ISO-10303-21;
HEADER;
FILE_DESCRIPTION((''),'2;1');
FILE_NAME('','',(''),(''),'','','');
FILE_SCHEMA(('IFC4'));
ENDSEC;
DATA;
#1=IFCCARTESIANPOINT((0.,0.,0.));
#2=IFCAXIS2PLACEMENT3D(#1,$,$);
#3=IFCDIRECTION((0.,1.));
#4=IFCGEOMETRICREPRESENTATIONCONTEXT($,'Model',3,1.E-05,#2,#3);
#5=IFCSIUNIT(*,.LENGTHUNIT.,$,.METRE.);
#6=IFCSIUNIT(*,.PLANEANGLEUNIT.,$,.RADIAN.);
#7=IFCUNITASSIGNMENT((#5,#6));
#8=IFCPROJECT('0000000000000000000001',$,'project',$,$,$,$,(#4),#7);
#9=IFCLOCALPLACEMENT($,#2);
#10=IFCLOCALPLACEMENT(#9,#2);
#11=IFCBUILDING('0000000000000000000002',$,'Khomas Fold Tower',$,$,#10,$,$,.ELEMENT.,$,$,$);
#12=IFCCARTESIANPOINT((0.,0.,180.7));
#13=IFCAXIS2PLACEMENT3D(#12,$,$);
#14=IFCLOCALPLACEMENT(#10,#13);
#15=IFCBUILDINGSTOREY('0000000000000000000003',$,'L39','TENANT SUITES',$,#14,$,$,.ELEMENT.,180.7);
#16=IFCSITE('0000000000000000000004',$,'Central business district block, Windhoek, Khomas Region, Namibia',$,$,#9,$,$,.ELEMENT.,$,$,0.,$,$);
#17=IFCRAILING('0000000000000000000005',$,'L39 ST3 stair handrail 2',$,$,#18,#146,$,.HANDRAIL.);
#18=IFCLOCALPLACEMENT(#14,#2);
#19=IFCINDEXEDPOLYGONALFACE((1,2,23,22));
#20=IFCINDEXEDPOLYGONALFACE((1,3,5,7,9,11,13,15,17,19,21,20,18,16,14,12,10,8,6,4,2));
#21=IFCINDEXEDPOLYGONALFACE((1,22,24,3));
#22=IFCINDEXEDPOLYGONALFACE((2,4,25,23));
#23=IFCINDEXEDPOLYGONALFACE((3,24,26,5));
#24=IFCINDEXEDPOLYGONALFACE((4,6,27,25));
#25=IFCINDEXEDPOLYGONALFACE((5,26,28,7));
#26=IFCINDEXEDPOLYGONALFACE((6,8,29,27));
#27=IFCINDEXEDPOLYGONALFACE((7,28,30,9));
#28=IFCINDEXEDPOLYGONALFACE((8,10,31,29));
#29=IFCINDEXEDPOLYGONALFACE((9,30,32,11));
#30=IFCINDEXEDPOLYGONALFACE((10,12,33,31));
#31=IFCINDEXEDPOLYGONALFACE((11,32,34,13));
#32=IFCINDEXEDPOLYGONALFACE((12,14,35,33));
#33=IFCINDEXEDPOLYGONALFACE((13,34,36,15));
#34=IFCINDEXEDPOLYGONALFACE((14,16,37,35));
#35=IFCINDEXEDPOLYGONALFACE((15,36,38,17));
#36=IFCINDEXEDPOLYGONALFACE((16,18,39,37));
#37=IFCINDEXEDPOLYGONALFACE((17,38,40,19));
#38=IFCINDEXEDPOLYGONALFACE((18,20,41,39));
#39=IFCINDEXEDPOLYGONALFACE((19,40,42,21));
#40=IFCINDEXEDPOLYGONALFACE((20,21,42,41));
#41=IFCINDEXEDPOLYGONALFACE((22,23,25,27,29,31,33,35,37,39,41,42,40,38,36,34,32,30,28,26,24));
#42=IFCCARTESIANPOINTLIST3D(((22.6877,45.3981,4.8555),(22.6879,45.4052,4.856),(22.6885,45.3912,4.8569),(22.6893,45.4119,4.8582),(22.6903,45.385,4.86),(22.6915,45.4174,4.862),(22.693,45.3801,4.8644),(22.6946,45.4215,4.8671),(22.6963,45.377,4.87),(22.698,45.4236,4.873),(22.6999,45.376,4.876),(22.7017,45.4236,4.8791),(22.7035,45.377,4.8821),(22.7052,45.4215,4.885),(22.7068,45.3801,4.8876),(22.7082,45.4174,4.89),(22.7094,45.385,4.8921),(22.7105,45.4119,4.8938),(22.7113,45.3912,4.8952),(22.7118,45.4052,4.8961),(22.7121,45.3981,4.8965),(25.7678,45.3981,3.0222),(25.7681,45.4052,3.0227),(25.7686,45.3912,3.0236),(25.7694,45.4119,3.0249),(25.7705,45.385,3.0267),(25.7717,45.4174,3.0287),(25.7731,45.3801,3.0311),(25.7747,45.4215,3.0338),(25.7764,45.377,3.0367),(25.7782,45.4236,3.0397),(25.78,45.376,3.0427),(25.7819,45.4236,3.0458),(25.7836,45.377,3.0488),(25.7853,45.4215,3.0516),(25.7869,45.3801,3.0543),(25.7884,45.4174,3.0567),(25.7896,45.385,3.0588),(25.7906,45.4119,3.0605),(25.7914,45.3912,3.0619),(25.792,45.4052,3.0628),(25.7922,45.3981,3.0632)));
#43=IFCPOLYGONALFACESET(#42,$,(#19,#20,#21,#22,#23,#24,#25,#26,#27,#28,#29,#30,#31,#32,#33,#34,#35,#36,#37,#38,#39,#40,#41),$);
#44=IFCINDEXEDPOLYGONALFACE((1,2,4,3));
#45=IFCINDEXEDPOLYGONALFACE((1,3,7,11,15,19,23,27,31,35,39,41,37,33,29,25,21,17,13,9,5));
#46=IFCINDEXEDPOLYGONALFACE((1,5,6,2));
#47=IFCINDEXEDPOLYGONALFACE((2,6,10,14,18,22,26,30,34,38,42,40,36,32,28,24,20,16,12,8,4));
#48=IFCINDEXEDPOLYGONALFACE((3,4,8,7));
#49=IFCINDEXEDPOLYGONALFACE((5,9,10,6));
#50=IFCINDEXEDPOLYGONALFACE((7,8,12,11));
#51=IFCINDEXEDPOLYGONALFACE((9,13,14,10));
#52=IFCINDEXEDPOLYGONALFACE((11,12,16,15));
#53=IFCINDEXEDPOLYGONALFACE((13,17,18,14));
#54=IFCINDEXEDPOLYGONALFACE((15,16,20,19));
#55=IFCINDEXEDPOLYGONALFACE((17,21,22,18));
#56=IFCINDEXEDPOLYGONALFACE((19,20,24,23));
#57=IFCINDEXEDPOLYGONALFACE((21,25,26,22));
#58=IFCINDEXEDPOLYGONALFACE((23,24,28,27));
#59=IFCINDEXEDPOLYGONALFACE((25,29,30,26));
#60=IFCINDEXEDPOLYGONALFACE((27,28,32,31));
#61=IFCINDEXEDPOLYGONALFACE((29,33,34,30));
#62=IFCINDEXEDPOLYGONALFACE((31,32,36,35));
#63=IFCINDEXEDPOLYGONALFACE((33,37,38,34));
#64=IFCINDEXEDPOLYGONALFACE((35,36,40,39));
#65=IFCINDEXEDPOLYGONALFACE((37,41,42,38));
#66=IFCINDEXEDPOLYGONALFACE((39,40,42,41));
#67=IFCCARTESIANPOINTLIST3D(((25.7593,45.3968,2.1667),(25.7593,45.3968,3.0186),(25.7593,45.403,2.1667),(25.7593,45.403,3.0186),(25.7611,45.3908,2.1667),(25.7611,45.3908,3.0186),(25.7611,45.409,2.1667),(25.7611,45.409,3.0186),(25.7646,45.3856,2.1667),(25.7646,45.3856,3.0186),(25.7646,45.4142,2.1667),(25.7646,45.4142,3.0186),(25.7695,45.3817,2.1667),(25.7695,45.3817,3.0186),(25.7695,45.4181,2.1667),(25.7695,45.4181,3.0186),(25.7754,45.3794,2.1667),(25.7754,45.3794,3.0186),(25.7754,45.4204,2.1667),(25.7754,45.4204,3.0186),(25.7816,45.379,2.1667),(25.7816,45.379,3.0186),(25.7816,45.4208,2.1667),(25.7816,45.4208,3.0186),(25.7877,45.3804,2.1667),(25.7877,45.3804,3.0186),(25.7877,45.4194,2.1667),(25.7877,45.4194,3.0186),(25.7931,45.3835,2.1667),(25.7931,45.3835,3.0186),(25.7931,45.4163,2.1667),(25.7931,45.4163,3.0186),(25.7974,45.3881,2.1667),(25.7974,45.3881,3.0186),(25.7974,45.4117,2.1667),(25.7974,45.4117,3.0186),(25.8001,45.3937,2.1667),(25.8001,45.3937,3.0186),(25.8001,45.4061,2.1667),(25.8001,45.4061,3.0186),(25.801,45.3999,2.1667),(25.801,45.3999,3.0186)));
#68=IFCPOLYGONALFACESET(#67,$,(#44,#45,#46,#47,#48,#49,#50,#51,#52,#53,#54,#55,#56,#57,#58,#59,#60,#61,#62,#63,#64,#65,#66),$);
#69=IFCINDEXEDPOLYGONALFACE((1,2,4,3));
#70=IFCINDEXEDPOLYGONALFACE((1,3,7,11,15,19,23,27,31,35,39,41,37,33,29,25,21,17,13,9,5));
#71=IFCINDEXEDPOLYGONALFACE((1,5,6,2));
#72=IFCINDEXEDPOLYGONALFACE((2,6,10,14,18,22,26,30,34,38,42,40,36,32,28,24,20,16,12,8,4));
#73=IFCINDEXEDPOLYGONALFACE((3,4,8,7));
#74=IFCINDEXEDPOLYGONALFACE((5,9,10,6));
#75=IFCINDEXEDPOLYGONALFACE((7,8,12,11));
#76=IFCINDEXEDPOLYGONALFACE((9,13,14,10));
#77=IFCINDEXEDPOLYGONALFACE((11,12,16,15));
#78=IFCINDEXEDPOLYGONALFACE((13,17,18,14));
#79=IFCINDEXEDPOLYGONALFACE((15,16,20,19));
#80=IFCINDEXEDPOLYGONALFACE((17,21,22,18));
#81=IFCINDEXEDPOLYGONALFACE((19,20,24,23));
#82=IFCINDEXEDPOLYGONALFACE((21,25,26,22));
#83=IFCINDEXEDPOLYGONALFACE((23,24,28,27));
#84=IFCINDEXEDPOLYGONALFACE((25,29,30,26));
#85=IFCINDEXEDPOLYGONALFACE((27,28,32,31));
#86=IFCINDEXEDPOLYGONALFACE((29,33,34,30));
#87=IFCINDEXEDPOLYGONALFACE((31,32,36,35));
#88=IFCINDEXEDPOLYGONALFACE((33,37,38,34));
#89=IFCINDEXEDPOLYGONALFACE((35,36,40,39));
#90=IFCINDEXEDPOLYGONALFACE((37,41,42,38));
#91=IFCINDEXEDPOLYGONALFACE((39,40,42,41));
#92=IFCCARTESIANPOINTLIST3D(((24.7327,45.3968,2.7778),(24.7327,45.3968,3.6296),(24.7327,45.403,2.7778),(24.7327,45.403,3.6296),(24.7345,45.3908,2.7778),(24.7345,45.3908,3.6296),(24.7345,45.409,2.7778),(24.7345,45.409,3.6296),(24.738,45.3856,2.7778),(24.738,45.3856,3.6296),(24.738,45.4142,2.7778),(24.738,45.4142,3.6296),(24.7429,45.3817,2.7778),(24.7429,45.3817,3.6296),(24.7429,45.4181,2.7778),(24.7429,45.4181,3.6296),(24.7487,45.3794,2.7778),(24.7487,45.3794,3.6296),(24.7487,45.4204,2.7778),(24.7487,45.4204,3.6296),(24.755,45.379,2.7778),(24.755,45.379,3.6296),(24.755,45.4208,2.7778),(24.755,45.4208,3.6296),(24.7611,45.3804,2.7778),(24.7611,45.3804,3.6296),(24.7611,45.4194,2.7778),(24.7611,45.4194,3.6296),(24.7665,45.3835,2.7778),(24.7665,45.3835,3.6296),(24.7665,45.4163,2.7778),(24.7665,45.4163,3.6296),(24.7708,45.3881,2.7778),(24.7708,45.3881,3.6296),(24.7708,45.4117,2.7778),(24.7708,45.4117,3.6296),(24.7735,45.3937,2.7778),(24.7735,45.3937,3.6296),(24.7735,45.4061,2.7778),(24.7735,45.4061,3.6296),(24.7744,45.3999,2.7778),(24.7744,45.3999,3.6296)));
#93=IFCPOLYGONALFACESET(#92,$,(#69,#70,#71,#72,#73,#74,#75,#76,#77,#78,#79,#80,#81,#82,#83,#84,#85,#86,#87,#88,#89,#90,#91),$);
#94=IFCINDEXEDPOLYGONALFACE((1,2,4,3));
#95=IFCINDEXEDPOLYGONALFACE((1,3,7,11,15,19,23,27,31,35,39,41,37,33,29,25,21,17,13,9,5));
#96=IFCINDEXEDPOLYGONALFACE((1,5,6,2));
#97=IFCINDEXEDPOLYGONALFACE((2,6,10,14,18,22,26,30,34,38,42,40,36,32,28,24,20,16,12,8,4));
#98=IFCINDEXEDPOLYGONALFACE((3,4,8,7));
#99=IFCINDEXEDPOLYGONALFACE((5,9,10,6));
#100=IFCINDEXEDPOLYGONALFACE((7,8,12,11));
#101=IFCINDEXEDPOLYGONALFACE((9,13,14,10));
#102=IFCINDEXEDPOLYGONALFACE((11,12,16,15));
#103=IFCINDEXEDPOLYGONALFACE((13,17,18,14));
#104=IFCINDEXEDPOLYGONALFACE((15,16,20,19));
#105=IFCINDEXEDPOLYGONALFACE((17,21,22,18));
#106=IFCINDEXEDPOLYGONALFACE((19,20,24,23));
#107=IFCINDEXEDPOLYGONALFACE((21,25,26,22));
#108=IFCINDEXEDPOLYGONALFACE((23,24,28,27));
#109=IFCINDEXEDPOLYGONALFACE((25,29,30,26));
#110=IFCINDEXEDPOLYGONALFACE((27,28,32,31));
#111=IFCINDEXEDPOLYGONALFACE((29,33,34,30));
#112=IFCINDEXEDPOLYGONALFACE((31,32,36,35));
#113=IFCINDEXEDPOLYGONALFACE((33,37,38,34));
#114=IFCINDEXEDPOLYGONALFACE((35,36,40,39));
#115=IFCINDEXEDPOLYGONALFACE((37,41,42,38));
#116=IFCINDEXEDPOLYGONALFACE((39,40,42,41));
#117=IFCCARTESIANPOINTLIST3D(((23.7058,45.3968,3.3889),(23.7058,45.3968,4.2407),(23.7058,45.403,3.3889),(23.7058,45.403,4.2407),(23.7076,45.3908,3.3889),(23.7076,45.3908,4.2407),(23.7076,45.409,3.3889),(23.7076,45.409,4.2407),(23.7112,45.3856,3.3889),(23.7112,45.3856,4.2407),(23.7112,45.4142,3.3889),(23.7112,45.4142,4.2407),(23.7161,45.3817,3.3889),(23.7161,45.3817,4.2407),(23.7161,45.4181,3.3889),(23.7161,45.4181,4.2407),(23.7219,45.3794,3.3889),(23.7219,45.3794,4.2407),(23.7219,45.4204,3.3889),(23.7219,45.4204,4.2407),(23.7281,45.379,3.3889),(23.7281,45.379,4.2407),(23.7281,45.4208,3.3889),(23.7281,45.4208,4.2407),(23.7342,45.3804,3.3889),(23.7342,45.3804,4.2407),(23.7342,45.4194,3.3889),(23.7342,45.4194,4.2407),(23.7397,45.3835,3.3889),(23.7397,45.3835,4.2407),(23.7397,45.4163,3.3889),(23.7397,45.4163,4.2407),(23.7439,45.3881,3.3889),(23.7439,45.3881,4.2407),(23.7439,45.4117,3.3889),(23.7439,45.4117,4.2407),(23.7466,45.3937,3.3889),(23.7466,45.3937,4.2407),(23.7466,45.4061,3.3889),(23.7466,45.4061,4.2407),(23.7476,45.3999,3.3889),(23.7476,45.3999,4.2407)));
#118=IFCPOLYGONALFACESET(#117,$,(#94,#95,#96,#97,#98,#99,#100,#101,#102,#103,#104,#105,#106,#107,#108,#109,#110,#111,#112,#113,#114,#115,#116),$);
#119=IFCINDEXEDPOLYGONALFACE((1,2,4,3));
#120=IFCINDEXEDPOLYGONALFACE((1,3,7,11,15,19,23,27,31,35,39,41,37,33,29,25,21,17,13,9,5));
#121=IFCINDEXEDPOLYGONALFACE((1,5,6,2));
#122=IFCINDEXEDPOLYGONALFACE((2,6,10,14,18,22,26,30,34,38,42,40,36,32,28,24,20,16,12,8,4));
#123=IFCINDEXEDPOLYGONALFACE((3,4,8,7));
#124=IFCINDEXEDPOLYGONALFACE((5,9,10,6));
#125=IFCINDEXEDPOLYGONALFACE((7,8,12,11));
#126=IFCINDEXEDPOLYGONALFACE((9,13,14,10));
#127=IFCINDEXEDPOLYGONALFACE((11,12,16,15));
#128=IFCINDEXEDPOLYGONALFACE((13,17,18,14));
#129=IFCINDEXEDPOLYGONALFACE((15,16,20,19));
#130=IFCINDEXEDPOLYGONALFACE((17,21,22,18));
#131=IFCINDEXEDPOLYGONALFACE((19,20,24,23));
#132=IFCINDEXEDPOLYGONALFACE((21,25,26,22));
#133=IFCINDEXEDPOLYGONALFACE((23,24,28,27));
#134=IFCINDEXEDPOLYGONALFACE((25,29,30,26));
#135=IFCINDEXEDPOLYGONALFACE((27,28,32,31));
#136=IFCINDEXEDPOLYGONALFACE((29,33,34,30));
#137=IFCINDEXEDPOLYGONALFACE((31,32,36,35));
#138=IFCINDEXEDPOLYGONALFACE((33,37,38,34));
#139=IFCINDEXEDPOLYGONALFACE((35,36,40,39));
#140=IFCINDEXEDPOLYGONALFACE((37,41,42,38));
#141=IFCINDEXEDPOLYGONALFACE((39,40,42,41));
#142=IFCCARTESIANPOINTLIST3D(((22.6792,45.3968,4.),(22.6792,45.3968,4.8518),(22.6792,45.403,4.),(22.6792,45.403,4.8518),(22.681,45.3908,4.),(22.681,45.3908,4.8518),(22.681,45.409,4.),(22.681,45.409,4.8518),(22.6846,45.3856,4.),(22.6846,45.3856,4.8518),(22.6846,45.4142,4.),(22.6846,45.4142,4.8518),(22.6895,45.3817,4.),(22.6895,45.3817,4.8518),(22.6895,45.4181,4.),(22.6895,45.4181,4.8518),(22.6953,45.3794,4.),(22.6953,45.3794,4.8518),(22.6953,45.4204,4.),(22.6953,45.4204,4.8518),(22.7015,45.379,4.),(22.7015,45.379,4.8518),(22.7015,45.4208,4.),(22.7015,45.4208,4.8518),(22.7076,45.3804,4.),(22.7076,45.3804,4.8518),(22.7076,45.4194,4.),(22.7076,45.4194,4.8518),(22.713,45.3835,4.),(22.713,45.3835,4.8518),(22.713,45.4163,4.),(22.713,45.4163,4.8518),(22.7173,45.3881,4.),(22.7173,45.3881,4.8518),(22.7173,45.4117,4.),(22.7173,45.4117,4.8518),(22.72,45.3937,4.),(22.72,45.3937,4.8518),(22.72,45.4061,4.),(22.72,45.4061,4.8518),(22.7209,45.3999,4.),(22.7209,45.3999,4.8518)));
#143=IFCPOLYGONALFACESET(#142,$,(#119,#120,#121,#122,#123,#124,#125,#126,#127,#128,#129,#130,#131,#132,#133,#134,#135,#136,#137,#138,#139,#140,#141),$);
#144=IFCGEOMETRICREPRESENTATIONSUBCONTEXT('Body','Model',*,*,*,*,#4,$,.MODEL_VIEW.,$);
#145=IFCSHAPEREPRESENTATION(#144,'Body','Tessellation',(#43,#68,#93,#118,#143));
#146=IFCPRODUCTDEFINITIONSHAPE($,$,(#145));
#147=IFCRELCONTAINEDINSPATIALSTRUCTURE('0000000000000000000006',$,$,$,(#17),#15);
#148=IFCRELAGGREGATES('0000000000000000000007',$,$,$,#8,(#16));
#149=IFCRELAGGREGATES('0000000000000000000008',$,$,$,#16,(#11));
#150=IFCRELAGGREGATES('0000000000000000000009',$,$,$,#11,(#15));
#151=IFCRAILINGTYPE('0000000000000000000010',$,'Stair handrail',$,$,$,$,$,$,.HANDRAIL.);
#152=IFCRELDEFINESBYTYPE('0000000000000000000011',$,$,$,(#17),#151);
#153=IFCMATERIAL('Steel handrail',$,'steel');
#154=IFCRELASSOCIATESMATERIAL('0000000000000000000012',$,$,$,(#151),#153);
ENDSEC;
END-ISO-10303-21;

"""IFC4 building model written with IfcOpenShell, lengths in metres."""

from ifc_helpers import new_model, si_unit, direction, frame, origin, origin_2d, place, context, subcontext, project, spatial, circle, extrude, source, transform, mapped, material, type_object, element, save


model = new_model("IFC4")

# Units and contexts
model_context = context("Model", 3, precision=1e-05, world=origin(), true_north=direction((0.0, 1.0)))
body_context = subcontext(model_context, "Body", "Model", "MODEL_VIEW")
ifc_project = project(units=[si_unit("LENGTHUNIT", "METRE"), si_unit("PLANEANGLEUNIT", "RADIAN")], contexts=[model_context])

# Site, building, storey
site_placement = place(None, origin())
site = spatial("IfcSite", under=ifc_project, at=site_placement, Name="Central business district block, Windhoek, Khomas Region, Namibia", CompositionType="ELEMENT", RefElevation=0.0)
building_placement = place(site_placement, origin())
building = spatial("IfcBuilding", under=site, at=building_placement, Name="Khomas Fold Tower", CompositionType="ELEMENT")
storey_placement = place(building_placement, frame((0.0, 0.0, 180.7)))
storey = spatial("IfcBuildingStorey", under=building, at=storey_placement, Name="L39", Description="TENANT SUITES", CompositionType="ELEMENT", Elevation=180.7)

# Railing
ifc_material_1 = material(Name="Steel handrail", Category="steel")
railing_type_1 = type_object("IfcRailingType", Name="Stair handrail", PredefinedType="HANDRAIL", material=ifc_material_1)
shared_shape_1 = source(origin(), body_context, "Body", "SweptSolid", [
    extrude(circle(Radius=0.0239, at=origin_2d()), frame((0.0, 0.0, 0.876), z_axis=(-0.859309, 0.0, 0.511458), x_axis=(0.0, -1.0, 0.0)), (0.0, 0.0, 1.0), 3.5845),
    extrude(circle(Radius=0.021, at=origin_2d()), origin(), (0.0, 0.0, 1.0), 0.8518),
    extrude(circle(Radius=0.021, at=origin_2d()), frame((-1.0266, 0.0, 0.6111)), (0.0, 0.0, 1.0), 0.8518),
    extrude(circle(Radius=0.021, at=origin_2d()), frame((-2.0535, 0.0, 1.2222)), (0.0, 0.0, 1.0), 0.8518),
    extrude(circle(Radius=0.021, at=origin_2d()), frame((-3.0801, 0.0, 1.8333)), (0.0, 0.0, 1.0), 0.8518),
])
railing_1_placement = place(storey_placement, frame((25.78, 45.3999, 2.1667)))
element("IfcRailing", 1, at=railing_1_placement, inside=storey, type_object=railing_type_1, Name="L39 ST3 stair handrail 2", PredefinedType="HANDRAIL", context=body_context, shape_type="MappedRepresentation", body=[
    mapped(shared_shape_1, transform((0.0, 0.0, 0.0))),
])

save(model, "model.ifc")
